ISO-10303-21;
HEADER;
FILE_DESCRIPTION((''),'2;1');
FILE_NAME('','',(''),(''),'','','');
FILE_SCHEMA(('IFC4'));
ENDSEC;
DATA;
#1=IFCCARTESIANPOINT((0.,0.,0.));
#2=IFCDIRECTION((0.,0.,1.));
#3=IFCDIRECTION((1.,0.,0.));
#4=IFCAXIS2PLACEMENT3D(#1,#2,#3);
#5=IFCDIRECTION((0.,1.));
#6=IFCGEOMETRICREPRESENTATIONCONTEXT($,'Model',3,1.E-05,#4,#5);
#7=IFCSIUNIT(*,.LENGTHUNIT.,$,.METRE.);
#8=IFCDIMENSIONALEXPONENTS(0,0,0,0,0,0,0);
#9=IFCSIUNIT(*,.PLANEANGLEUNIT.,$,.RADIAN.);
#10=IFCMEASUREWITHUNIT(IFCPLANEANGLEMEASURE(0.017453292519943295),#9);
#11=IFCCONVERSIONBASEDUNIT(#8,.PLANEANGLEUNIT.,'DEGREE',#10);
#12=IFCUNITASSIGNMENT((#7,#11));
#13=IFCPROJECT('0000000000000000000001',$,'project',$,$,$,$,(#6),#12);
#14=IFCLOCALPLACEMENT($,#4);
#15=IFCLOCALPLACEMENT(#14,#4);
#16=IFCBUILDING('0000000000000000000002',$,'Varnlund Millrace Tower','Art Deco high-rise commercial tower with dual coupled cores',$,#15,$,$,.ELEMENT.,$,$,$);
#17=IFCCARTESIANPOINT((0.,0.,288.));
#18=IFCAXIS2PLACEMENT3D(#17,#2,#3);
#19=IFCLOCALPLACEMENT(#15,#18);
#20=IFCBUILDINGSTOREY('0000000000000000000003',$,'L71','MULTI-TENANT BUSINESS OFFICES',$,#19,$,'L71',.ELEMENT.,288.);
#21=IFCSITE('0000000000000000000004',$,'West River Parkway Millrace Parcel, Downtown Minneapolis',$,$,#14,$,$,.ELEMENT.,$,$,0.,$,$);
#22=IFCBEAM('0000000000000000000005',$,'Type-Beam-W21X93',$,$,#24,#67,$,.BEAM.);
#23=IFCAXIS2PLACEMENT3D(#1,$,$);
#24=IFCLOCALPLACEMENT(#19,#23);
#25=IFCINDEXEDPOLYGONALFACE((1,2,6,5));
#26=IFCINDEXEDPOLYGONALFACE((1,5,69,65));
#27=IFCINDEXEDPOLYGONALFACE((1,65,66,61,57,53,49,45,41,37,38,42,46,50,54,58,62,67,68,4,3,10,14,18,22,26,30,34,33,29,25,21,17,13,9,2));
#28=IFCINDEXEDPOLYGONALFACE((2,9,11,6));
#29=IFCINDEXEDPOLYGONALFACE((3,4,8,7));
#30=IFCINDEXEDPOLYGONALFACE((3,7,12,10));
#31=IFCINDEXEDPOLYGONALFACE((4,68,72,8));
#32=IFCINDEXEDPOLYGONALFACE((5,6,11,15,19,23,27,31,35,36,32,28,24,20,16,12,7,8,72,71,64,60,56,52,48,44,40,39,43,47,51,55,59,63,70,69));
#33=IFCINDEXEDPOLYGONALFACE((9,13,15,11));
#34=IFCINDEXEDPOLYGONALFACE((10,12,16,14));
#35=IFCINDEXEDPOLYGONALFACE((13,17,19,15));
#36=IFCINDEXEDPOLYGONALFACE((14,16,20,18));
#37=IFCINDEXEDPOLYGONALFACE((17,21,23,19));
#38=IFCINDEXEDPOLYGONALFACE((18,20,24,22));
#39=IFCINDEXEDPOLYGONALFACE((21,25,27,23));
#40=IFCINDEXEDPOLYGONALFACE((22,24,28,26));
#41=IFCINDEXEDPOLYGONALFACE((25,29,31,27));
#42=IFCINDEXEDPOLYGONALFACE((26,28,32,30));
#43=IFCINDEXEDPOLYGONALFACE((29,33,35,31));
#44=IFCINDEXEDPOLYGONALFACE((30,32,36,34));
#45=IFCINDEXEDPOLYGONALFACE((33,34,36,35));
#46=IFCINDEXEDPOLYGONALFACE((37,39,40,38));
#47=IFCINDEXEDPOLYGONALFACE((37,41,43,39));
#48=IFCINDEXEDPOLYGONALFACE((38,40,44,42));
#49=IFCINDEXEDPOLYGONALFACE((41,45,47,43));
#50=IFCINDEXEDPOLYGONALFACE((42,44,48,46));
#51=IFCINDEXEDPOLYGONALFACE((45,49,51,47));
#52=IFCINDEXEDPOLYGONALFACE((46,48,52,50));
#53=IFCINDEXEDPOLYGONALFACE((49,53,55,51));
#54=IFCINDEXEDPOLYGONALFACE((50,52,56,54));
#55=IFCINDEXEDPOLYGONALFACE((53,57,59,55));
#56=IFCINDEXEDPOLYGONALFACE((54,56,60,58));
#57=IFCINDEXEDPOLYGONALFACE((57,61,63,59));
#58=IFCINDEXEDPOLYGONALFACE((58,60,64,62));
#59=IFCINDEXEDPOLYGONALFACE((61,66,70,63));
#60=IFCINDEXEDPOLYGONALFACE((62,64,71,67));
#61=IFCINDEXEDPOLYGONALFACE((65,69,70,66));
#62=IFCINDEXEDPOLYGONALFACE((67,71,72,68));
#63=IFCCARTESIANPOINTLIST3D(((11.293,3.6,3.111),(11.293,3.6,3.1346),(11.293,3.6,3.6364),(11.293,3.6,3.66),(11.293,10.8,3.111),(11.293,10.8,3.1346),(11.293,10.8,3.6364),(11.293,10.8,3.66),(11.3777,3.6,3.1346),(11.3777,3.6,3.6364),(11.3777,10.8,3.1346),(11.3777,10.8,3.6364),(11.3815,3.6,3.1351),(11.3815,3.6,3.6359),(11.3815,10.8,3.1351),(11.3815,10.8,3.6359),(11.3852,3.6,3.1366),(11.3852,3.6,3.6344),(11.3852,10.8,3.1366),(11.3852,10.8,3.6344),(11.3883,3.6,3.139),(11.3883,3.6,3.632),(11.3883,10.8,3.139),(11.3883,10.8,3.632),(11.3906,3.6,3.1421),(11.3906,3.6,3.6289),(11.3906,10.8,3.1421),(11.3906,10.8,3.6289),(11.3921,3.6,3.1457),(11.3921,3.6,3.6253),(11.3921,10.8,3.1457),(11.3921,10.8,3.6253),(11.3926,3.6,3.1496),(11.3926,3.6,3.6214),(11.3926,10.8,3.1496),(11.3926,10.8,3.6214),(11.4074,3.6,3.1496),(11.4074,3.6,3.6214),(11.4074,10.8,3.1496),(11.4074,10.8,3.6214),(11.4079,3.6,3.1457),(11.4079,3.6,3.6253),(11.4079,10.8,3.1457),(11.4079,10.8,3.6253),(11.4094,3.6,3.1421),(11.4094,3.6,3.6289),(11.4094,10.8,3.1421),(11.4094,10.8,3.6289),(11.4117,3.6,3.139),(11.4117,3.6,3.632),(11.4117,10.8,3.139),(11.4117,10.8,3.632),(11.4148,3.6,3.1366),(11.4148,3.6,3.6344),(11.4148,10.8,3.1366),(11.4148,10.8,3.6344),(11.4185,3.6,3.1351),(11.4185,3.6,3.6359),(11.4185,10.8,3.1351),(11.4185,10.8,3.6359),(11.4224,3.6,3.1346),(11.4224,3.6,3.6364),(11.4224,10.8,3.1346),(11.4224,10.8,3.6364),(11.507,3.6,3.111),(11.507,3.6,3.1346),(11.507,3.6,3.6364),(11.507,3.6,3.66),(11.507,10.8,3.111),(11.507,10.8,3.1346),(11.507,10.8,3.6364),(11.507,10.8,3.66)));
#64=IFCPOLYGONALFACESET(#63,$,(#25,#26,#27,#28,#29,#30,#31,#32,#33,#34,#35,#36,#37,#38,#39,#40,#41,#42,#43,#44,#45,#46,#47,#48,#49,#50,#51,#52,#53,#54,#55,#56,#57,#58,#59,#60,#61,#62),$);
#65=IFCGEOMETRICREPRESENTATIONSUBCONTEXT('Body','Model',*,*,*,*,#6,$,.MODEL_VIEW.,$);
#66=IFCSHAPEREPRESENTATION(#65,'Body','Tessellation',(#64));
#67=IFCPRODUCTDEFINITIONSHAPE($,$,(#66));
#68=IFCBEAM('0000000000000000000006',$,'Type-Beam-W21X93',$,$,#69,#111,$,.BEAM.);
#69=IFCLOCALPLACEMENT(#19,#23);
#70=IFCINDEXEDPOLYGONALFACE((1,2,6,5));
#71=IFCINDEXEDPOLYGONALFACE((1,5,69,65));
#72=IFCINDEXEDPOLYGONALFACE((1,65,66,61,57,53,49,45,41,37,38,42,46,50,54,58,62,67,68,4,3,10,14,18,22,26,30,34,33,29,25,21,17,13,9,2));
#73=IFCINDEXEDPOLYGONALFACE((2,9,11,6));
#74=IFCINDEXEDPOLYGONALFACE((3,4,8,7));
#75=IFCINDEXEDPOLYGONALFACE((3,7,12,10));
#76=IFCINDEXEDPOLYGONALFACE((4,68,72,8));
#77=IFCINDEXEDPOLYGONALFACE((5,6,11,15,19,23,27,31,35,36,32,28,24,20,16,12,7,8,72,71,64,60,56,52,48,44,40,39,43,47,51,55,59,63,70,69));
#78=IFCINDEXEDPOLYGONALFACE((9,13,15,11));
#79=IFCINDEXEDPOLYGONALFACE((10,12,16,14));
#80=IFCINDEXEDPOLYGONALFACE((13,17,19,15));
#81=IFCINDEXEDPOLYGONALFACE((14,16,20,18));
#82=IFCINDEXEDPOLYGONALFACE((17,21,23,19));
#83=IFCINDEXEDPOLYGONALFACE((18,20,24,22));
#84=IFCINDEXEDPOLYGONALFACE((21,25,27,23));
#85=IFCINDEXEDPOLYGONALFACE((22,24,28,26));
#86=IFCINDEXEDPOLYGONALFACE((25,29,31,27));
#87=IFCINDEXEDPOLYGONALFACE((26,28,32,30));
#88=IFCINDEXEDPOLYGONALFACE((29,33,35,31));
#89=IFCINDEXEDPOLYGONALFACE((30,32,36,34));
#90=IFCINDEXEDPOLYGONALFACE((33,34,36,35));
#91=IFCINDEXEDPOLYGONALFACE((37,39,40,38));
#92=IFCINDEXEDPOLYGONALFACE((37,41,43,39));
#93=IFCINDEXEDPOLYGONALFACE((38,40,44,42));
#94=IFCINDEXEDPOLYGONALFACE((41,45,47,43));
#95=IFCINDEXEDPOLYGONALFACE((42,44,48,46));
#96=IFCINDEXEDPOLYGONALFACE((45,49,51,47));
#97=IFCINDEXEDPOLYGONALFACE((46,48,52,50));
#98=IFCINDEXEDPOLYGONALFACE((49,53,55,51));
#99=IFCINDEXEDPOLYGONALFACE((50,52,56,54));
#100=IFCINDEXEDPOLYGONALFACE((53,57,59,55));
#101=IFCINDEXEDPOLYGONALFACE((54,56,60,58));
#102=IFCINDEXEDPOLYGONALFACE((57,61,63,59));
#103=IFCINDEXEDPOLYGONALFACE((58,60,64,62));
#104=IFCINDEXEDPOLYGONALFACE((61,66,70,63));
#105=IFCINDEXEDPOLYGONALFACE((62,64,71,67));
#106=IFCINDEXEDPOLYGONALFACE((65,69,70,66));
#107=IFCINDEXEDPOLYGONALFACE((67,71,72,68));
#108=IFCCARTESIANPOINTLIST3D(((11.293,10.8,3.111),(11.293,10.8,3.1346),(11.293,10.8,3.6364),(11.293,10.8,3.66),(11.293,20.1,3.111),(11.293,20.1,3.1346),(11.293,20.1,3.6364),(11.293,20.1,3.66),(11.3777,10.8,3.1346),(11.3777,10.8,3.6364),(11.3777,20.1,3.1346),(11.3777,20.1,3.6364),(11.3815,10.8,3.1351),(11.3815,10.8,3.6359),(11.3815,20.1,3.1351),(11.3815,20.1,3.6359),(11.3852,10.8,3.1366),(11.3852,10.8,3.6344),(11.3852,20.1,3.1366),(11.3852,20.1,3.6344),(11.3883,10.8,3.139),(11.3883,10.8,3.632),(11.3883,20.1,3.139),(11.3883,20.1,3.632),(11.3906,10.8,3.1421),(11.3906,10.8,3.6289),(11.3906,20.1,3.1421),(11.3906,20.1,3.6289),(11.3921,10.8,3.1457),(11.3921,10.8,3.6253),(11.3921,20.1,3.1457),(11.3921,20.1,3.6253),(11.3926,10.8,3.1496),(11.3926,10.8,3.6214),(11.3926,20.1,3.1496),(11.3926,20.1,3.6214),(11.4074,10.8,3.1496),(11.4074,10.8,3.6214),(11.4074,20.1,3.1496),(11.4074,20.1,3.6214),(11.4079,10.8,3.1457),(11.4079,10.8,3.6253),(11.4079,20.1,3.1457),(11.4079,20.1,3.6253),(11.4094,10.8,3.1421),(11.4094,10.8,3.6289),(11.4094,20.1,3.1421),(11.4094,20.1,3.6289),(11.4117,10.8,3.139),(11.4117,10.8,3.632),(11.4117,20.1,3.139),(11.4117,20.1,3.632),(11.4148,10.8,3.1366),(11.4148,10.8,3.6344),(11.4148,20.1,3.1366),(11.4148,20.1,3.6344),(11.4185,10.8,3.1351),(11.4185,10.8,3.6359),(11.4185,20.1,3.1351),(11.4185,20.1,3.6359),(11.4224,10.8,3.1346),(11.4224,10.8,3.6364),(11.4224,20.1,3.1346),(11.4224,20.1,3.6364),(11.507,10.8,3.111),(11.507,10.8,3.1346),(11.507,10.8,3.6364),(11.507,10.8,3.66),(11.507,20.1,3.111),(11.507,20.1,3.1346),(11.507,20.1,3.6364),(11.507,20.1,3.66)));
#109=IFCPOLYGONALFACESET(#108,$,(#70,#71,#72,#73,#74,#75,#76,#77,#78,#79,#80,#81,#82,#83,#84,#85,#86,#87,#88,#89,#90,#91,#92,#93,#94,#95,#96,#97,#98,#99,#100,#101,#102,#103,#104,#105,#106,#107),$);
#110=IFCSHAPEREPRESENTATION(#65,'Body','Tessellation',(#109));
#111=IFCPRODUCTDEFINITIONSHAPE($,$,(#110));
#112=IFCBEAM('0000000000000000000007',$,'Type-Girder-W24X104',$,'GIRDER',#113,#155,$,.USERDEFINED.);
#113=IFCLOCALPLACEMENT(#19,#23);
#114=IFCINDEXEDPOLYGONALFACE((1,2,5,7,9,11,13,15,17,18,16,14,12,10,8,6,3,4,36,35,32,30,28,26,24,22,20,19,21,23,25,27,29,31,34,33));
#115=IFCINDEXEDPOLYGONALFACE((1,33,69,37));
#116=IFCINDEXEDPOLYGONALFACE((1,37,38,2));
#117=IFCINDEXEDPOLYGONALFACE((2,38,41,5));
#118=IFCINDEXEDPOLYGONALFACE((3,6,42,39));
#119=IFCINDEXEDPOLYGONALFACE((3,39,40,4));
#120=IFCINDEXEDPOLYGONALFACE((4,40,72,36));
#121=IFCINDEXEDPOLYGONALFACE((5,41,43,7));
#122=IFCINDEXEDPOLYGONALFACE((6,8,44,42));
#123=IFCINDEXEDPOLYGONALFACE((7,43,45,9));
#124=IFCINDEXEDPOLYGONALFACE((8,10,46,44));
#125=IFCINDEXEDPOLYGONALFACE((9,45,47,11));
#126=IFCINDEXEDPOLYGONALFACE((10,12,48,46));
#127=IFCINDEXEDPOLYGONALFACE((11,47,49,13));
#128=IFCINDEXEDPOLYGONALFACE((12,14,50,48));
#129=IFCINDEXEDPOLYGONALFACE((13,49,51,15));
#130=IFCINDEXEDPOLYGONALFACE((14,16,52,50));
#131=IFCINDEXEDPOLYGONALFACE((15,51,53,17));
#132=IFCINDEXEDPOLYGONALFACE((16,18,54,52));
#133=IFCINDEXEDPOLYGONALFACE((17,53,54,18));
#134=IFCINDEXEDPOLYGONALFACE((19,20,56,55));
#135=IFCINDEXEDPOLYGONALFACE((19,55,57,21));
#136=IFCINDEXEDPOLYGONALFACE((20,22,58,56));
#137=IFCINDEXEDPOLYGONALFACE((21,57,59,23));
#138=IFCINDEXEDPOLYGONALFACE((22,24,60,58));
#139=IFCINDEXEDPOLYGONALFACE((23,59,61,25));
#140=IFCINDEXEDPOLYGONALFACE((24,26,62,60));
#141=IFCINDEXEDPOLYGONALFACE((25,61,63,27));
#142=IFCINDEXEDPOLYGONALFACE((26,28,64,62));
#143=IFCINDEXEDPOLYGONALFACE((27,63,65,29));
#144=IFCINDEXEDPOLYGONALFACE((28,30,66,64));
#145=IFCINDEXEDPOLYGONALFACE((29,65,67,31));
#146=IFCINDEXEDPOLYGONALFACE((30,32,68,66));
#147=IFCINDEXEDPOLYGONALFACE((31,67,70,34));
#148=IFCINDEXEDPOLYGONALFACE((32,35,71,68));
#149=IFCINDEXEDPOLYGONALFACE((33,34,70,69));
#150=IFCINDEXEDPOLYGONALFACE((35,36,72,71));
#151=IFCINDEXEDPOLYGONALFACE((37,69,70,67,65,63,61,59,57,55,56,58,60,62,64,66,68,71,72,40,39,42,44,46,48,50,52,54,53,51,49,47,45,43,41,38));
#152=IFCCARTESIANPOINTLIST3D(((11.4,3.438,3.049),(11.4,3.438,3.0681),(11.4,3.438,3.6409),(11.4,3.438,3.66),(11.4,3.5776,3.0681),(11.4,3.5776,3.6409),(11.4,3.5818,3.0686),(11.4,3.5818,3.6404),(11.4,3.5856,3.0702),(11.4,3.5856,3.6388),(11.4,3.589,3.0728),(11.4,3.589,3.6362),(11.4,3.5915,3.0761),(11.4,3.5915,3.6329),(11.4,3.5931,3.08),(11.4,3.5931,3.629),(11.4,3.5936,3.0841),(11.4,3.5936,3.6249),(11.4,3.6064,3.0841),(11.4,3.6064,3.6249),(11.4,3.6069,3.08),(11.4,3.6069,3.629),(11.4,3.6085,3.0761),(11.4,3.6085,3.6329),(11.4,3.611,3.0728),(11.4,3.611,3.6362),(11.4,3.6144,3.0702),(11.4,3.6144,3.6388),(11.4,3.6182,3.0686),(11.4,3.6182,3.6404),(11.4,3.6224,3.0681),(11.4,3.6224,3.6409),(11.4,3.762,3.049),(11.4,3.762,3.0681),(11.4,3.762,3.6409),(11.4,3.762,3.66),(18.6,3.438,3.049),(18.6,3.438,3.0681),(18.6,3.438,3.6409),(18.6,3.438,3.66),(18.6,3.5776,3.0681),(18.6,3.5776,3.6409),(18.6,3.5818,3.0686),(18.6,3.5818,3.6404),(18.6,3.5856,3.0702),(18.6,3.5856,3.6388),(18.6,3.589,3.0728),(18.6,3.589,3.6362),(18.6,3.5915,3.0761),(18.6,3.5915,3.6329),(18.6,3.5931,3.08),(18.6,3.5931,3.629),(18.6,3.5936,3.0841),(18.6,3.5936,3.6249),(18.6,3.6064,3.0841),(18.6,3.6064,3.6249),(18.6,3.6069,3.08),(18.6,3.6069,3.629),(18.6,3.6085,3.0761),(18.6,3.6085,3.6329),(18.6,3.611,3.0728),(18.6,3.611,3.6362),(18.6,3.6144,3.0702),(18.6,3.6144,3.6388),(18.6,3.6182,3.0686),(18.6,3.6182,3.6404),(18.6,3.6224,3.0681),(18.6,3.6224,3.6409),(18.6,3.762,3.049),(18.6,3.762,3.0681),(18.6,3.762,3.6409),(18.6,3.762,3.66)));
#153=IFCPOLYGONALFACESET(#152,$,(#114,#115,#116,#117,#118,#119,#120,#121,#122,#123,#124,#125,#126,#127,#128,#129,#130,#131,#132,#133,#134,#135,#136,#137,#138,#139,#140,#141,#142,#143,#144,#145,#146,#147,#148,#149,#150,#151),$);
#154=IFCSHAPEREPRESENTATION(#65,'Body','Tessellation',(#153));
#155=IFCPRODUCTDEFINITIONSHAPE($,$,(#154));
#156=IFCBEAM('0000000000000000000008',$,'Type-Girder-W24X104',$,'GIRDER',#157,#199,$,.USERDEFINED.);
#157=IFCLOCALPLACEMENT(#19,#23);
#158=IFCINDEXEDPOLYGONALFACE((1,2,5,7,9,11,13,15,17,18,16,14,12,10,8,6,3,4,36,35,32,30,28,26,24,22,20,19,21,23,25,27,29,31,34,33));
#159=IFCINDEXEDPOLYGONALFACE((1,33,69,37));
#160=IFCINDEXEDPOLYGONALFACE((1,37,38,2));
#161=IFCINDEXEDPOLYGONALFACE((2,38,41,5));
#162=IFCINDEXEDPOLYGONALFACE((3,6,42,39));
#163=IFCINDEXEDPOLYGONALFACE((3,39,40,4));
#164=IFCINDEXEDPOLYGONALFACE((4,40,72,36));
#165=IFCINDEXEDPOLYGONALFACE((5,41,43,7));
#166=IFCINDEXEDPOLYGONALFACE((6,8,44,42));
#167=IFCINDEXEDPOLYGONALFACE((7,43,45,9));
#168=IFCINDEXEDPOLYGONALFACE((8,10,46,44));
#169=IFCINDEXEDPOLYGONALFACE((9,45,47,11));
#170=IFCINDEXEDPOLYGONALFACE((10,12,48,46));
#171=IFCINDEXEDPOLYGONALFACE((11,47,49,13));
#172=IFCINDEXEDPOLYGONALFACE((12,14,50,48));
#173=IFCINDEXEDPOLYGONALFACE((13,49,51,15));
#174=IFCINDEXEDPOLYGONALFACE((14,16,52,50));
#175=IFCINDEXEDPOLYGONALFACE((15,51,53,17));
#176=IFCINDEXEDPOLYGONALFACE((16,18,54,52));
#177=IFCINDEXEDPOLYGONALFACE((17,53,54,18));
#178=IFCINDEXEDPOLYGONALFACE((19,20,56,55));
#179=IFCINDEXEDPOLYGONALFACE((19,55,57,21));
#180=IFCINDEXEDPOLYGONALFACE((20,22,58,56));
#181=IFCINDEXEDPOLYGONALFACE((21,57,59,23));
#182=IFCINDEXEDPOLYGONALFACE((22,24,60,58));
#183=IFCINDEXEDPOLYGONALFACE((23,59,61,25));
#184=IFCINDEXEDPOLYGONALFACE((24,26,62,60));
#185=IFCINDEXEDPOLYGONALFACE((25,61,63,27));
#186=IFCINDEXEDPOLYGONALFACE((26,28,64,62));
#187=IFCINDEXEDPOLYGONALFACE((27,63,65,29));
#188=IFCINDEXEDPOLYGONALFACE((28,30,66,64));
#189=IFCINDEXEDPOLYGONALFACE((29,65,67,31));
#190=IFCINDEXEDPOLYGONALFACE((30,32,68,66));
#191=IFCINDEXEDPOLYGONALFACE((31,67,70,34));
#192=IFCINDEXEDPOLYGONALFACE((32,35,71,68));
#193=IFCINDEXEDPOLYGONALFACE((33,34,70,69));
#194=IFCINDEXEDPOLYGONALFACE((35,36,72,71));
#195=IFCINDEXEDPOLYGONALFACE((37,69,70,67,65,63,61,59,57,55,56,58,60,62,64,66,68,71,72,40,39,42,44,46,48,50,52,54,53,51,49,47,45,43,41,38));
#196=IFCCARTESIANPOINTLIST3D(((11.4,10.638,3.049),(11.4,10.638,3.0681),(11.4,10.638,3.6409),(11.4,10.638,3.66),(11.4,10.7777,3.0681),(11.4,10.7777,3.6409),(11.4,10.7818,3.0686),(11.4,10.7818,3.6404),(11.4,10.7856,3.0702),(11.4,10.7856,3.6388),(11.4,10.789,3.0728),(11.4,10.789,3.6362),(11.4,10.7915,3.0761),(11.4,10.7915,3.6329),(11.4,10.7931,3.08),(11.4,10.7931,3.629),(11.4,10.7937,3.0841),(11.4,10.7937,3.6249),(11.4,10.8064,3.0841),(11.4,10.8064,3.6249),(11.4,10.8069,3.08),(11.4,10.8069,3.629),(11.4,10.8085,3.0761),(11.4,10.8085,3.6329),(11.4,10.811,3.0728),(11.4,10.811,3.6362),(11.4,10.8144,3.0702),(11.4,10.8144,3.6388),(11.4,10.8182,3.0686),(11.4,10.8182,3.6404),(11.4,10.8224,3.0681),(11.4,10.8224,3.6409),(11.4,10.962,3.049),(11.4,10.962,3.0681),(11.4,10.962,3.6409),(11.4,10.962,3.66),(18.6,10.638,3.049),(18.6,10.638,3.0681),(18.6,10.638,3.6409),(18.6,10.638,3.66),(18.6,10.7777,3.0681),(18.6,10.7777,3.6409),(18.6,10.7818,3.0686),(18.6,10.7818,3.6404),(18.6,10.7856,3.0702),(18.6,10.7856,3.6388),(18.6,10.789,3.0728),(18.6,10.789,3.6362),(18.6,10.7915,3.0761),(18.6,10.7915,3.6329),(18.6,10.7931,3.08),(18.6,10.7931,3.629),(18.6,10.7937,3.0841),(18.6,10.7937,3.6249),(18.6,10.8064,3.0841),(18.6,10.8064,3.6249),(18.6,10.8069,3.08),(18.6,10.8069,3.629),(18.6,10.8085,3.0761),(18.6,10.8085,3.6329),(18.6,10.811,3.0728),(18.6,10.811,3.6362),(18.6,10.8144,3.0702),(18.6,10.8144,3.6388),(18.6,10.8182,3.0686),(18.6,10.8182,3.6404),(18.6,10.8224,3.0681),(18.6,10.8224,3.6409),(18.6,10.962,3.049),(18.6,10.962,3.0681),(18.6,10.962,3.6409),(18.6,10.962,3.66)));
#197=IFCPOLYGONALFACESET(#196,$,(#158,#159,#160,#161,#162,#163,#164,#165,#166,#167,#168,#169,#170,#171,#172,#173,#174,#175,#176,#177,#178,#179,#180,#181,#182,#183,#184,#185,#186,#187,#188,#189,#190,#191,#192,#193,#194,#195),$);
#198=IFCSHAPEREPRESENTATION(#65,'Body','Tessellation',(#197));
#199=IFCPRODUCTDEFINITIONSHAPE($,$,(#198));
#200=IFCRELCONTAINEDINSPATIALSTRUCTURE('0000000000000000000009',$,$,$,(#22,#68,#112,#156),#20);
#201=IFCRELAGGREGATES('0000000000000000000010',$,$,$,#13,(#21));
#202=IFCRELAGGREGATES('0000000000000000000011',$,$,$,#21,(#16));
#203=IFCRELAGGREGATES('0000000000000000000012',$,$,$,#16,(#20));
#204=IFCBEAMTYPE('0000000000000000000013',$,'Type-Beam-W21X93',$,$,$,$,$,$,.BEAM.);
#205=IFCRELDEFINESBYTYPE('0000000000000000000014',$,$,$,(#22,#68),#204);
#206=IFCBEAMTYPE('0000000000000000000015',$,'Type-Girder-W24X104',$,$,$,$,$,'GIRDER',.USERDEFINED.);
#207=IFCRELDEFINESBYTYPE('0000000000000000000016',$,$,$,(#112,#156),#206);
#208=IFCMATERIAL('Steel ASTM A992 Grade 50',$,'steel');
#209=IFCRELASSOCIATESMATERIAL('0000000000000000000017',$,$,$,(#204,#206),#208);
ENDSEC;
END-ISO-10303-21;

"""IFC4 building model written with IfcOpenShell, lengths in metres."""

from ifc_helpers import new_model, entity, si_unit, converted_unit, direction, frame, origin_with_axes, origin_2d_with_axis, place, context, subcontext, project, spatial, i_section, extrude, material, material_profile, profile_set, type_object, element, save


model = new_model("IFC4")

# Units and contexts
model_context = context("Model", 3, precision=1e-05, world=origin_with_axes(), true_north=direction((0.0, 1.0)))
body_context = subcontext(model_context, "Body", "Model", "MODEL_VIEW")
ifc_project = project(units=[si_unit("LENGTHUNIT", "METRE"), converted_unit("PLANEANGLEUNIT", "DEGREE", entity("IfcPlaneAngleMeasure", 0.017453292519943295), si_unit("PLANEANGLEUNIT", "RADIAN"), dimensions=[0, 0, 0, 0, 0, 0, 0])], contexts=[model_context])

# Site, building, storey
site_placement = place(None, origin_with_axes())
site = spatial("IfcSite", under=ifc_project, at=site_placement, Name="West River Parkway Millrace Parcel, Downtown Minneapolis", CompositionType="ELEMENT", RefElevation=0.0)
building_placement = place(site_placement, origin_with_axes())
building = spatial("IfcBuilding", under=site, at=building_placement, Name="Varnlund Millrace Tower", Description="Art Deco high-rise commercial tower with dual coupled cores", CompositionType="ELEMENT")
storey_placement = place(building_placement, frame((0.0, 0.0, 288.0), z_axis=(0.0, 0.0, 1.0), x_axis=(1.0, 0.0, 0.0)))
storey = spatial("IfcBuildingStorey", under=building, at=storey_placement, Name="L71", Description="MULTI-TENANT BUSINESS OFFICES", LongName="L71", CompositionType="ELEMENT", Elevation=288.0)

# Beams
ifc_material_1 = material(Name="Steel ASTM A992 Grade 50", Category="steel")
ifc_material_profile_1 = material_profile(ifc_material_1, i_section(OverallWidth=0.214, OverallDepth=0.549, WebThickness=0.0147, FlangeThickness=0.0236, FilletRadius=0.015, at=origin_2d_with_axis()), Name="Steel ASTM A992 Grade 50")
ifc_profile_set_1 = profile_set([ifc_material_profile_1], Name="Steel ASTM A992 Grade 50")
beam_type_1 = type_object("IfcBeamType", Name="Type-Beam-W21X93", PredefinedType="BEAM", material=ifc_profile_set_1)
beam_1_placement = place(storey_placement, frame((11.4, 3.6, 3.3855), z_axis=(0.0, 1.0, 0.0), x_axis=(-1.0, 0.0, 0.0)))
element("IfcBeam", 1, at=beam_1_placement, inside=storey, type_object=beam_type_1, Name="Type-Beam-W21X93", PredefinedType="BEAM", context=body_context, shape_type="SweptSolid", body=[
    extrude(i_section(OverallWidth=0.214, OverallDepth=0.549, WebThickness=0.0147, FlangeThickness=0.0236, FilletRadius=0.015, at=origin_2d_with_axis()), origin_with_axes(), (0.0, 0.0, 1.0), 7.2),
])
beam_2_placement = place(storey_placement, frame((11.4, 10.8, 3.3855), z_axis=(0.0, 1.0, 0.0), x_axis=(-1.0, 0.0, 0.0)))
element("IfcBeam", 2, at=beam_2_placement, inside=storey, type_object=beam_type_1, Name="Type-Beam-W21X93", PredefinedType="BEAM", context=body_context, shape_type="SweptSolid", body=[
    extrude(i_section(OverallWidth=0.214, OverallDepth=0.549, WebThickness=0.0147, FlangeThickness=0.0236, FilletRadius=0.015, at=origin_2d_with_axis()), origin_with_axes(), (0.0, 0.0, 1.0), 9.3),
])
ifc_material_profile_2 = material_profile(ifc_material_1, i_section(OverallWidth=0.324, OverallDepth=0.611, WebThickness=0.0127, FlangeThickness=0.0191, FilletRadius=0.016, at=origin_2d_with_axis()), Name="Steel ASTM A992 Grade 50")
ifc_profile_set_2 = profile_set([ifc_material_profile_2], Name="Steel ASTM A992 Grade 50")
beam_type_2 = type_object("IfcBeamType", Name="Type-Girder-W24X104", ElementType="GIRDER", PredefinedType="USERDEFINED", material=ifc_profile_set_2)
for number, where, z_axis, x_axis, name in (
    (3, (11.4, 3.6, 3.3545), (1.0, 0.0, 0.0), (0.0, 1.0, 0.0), "Type-Girder-W24X104"),
    (4, (11.4, 10.8, 3.3545), (1.0, 0.0, 0.0), (0.0, 1.0, 0.0), "Type-Girder-W24X104"),
):
    element("IfcBeam", number, at=place(storey_placement, frame(where, z_axis=z_axis, x_axis=x_axis)), inside=storey, type_object=beam_type_2, Name=name, ObjectType="GIRDER", PredefinedType="USERDEFINED", context=body_context, shape_type="SweptSolid", body=[
        extrude(i_section(OverallWidth=0.324, OverallDepth=0.611, WebThickness=0.0127, FlangeThickness=0.0191, FilletRadius=0.016, at=origin_2d_with_axis()), origin_with_axes(), (0.0, 0.0, 1.0), 7.2),
    ])

save(model, "model.ifc")
